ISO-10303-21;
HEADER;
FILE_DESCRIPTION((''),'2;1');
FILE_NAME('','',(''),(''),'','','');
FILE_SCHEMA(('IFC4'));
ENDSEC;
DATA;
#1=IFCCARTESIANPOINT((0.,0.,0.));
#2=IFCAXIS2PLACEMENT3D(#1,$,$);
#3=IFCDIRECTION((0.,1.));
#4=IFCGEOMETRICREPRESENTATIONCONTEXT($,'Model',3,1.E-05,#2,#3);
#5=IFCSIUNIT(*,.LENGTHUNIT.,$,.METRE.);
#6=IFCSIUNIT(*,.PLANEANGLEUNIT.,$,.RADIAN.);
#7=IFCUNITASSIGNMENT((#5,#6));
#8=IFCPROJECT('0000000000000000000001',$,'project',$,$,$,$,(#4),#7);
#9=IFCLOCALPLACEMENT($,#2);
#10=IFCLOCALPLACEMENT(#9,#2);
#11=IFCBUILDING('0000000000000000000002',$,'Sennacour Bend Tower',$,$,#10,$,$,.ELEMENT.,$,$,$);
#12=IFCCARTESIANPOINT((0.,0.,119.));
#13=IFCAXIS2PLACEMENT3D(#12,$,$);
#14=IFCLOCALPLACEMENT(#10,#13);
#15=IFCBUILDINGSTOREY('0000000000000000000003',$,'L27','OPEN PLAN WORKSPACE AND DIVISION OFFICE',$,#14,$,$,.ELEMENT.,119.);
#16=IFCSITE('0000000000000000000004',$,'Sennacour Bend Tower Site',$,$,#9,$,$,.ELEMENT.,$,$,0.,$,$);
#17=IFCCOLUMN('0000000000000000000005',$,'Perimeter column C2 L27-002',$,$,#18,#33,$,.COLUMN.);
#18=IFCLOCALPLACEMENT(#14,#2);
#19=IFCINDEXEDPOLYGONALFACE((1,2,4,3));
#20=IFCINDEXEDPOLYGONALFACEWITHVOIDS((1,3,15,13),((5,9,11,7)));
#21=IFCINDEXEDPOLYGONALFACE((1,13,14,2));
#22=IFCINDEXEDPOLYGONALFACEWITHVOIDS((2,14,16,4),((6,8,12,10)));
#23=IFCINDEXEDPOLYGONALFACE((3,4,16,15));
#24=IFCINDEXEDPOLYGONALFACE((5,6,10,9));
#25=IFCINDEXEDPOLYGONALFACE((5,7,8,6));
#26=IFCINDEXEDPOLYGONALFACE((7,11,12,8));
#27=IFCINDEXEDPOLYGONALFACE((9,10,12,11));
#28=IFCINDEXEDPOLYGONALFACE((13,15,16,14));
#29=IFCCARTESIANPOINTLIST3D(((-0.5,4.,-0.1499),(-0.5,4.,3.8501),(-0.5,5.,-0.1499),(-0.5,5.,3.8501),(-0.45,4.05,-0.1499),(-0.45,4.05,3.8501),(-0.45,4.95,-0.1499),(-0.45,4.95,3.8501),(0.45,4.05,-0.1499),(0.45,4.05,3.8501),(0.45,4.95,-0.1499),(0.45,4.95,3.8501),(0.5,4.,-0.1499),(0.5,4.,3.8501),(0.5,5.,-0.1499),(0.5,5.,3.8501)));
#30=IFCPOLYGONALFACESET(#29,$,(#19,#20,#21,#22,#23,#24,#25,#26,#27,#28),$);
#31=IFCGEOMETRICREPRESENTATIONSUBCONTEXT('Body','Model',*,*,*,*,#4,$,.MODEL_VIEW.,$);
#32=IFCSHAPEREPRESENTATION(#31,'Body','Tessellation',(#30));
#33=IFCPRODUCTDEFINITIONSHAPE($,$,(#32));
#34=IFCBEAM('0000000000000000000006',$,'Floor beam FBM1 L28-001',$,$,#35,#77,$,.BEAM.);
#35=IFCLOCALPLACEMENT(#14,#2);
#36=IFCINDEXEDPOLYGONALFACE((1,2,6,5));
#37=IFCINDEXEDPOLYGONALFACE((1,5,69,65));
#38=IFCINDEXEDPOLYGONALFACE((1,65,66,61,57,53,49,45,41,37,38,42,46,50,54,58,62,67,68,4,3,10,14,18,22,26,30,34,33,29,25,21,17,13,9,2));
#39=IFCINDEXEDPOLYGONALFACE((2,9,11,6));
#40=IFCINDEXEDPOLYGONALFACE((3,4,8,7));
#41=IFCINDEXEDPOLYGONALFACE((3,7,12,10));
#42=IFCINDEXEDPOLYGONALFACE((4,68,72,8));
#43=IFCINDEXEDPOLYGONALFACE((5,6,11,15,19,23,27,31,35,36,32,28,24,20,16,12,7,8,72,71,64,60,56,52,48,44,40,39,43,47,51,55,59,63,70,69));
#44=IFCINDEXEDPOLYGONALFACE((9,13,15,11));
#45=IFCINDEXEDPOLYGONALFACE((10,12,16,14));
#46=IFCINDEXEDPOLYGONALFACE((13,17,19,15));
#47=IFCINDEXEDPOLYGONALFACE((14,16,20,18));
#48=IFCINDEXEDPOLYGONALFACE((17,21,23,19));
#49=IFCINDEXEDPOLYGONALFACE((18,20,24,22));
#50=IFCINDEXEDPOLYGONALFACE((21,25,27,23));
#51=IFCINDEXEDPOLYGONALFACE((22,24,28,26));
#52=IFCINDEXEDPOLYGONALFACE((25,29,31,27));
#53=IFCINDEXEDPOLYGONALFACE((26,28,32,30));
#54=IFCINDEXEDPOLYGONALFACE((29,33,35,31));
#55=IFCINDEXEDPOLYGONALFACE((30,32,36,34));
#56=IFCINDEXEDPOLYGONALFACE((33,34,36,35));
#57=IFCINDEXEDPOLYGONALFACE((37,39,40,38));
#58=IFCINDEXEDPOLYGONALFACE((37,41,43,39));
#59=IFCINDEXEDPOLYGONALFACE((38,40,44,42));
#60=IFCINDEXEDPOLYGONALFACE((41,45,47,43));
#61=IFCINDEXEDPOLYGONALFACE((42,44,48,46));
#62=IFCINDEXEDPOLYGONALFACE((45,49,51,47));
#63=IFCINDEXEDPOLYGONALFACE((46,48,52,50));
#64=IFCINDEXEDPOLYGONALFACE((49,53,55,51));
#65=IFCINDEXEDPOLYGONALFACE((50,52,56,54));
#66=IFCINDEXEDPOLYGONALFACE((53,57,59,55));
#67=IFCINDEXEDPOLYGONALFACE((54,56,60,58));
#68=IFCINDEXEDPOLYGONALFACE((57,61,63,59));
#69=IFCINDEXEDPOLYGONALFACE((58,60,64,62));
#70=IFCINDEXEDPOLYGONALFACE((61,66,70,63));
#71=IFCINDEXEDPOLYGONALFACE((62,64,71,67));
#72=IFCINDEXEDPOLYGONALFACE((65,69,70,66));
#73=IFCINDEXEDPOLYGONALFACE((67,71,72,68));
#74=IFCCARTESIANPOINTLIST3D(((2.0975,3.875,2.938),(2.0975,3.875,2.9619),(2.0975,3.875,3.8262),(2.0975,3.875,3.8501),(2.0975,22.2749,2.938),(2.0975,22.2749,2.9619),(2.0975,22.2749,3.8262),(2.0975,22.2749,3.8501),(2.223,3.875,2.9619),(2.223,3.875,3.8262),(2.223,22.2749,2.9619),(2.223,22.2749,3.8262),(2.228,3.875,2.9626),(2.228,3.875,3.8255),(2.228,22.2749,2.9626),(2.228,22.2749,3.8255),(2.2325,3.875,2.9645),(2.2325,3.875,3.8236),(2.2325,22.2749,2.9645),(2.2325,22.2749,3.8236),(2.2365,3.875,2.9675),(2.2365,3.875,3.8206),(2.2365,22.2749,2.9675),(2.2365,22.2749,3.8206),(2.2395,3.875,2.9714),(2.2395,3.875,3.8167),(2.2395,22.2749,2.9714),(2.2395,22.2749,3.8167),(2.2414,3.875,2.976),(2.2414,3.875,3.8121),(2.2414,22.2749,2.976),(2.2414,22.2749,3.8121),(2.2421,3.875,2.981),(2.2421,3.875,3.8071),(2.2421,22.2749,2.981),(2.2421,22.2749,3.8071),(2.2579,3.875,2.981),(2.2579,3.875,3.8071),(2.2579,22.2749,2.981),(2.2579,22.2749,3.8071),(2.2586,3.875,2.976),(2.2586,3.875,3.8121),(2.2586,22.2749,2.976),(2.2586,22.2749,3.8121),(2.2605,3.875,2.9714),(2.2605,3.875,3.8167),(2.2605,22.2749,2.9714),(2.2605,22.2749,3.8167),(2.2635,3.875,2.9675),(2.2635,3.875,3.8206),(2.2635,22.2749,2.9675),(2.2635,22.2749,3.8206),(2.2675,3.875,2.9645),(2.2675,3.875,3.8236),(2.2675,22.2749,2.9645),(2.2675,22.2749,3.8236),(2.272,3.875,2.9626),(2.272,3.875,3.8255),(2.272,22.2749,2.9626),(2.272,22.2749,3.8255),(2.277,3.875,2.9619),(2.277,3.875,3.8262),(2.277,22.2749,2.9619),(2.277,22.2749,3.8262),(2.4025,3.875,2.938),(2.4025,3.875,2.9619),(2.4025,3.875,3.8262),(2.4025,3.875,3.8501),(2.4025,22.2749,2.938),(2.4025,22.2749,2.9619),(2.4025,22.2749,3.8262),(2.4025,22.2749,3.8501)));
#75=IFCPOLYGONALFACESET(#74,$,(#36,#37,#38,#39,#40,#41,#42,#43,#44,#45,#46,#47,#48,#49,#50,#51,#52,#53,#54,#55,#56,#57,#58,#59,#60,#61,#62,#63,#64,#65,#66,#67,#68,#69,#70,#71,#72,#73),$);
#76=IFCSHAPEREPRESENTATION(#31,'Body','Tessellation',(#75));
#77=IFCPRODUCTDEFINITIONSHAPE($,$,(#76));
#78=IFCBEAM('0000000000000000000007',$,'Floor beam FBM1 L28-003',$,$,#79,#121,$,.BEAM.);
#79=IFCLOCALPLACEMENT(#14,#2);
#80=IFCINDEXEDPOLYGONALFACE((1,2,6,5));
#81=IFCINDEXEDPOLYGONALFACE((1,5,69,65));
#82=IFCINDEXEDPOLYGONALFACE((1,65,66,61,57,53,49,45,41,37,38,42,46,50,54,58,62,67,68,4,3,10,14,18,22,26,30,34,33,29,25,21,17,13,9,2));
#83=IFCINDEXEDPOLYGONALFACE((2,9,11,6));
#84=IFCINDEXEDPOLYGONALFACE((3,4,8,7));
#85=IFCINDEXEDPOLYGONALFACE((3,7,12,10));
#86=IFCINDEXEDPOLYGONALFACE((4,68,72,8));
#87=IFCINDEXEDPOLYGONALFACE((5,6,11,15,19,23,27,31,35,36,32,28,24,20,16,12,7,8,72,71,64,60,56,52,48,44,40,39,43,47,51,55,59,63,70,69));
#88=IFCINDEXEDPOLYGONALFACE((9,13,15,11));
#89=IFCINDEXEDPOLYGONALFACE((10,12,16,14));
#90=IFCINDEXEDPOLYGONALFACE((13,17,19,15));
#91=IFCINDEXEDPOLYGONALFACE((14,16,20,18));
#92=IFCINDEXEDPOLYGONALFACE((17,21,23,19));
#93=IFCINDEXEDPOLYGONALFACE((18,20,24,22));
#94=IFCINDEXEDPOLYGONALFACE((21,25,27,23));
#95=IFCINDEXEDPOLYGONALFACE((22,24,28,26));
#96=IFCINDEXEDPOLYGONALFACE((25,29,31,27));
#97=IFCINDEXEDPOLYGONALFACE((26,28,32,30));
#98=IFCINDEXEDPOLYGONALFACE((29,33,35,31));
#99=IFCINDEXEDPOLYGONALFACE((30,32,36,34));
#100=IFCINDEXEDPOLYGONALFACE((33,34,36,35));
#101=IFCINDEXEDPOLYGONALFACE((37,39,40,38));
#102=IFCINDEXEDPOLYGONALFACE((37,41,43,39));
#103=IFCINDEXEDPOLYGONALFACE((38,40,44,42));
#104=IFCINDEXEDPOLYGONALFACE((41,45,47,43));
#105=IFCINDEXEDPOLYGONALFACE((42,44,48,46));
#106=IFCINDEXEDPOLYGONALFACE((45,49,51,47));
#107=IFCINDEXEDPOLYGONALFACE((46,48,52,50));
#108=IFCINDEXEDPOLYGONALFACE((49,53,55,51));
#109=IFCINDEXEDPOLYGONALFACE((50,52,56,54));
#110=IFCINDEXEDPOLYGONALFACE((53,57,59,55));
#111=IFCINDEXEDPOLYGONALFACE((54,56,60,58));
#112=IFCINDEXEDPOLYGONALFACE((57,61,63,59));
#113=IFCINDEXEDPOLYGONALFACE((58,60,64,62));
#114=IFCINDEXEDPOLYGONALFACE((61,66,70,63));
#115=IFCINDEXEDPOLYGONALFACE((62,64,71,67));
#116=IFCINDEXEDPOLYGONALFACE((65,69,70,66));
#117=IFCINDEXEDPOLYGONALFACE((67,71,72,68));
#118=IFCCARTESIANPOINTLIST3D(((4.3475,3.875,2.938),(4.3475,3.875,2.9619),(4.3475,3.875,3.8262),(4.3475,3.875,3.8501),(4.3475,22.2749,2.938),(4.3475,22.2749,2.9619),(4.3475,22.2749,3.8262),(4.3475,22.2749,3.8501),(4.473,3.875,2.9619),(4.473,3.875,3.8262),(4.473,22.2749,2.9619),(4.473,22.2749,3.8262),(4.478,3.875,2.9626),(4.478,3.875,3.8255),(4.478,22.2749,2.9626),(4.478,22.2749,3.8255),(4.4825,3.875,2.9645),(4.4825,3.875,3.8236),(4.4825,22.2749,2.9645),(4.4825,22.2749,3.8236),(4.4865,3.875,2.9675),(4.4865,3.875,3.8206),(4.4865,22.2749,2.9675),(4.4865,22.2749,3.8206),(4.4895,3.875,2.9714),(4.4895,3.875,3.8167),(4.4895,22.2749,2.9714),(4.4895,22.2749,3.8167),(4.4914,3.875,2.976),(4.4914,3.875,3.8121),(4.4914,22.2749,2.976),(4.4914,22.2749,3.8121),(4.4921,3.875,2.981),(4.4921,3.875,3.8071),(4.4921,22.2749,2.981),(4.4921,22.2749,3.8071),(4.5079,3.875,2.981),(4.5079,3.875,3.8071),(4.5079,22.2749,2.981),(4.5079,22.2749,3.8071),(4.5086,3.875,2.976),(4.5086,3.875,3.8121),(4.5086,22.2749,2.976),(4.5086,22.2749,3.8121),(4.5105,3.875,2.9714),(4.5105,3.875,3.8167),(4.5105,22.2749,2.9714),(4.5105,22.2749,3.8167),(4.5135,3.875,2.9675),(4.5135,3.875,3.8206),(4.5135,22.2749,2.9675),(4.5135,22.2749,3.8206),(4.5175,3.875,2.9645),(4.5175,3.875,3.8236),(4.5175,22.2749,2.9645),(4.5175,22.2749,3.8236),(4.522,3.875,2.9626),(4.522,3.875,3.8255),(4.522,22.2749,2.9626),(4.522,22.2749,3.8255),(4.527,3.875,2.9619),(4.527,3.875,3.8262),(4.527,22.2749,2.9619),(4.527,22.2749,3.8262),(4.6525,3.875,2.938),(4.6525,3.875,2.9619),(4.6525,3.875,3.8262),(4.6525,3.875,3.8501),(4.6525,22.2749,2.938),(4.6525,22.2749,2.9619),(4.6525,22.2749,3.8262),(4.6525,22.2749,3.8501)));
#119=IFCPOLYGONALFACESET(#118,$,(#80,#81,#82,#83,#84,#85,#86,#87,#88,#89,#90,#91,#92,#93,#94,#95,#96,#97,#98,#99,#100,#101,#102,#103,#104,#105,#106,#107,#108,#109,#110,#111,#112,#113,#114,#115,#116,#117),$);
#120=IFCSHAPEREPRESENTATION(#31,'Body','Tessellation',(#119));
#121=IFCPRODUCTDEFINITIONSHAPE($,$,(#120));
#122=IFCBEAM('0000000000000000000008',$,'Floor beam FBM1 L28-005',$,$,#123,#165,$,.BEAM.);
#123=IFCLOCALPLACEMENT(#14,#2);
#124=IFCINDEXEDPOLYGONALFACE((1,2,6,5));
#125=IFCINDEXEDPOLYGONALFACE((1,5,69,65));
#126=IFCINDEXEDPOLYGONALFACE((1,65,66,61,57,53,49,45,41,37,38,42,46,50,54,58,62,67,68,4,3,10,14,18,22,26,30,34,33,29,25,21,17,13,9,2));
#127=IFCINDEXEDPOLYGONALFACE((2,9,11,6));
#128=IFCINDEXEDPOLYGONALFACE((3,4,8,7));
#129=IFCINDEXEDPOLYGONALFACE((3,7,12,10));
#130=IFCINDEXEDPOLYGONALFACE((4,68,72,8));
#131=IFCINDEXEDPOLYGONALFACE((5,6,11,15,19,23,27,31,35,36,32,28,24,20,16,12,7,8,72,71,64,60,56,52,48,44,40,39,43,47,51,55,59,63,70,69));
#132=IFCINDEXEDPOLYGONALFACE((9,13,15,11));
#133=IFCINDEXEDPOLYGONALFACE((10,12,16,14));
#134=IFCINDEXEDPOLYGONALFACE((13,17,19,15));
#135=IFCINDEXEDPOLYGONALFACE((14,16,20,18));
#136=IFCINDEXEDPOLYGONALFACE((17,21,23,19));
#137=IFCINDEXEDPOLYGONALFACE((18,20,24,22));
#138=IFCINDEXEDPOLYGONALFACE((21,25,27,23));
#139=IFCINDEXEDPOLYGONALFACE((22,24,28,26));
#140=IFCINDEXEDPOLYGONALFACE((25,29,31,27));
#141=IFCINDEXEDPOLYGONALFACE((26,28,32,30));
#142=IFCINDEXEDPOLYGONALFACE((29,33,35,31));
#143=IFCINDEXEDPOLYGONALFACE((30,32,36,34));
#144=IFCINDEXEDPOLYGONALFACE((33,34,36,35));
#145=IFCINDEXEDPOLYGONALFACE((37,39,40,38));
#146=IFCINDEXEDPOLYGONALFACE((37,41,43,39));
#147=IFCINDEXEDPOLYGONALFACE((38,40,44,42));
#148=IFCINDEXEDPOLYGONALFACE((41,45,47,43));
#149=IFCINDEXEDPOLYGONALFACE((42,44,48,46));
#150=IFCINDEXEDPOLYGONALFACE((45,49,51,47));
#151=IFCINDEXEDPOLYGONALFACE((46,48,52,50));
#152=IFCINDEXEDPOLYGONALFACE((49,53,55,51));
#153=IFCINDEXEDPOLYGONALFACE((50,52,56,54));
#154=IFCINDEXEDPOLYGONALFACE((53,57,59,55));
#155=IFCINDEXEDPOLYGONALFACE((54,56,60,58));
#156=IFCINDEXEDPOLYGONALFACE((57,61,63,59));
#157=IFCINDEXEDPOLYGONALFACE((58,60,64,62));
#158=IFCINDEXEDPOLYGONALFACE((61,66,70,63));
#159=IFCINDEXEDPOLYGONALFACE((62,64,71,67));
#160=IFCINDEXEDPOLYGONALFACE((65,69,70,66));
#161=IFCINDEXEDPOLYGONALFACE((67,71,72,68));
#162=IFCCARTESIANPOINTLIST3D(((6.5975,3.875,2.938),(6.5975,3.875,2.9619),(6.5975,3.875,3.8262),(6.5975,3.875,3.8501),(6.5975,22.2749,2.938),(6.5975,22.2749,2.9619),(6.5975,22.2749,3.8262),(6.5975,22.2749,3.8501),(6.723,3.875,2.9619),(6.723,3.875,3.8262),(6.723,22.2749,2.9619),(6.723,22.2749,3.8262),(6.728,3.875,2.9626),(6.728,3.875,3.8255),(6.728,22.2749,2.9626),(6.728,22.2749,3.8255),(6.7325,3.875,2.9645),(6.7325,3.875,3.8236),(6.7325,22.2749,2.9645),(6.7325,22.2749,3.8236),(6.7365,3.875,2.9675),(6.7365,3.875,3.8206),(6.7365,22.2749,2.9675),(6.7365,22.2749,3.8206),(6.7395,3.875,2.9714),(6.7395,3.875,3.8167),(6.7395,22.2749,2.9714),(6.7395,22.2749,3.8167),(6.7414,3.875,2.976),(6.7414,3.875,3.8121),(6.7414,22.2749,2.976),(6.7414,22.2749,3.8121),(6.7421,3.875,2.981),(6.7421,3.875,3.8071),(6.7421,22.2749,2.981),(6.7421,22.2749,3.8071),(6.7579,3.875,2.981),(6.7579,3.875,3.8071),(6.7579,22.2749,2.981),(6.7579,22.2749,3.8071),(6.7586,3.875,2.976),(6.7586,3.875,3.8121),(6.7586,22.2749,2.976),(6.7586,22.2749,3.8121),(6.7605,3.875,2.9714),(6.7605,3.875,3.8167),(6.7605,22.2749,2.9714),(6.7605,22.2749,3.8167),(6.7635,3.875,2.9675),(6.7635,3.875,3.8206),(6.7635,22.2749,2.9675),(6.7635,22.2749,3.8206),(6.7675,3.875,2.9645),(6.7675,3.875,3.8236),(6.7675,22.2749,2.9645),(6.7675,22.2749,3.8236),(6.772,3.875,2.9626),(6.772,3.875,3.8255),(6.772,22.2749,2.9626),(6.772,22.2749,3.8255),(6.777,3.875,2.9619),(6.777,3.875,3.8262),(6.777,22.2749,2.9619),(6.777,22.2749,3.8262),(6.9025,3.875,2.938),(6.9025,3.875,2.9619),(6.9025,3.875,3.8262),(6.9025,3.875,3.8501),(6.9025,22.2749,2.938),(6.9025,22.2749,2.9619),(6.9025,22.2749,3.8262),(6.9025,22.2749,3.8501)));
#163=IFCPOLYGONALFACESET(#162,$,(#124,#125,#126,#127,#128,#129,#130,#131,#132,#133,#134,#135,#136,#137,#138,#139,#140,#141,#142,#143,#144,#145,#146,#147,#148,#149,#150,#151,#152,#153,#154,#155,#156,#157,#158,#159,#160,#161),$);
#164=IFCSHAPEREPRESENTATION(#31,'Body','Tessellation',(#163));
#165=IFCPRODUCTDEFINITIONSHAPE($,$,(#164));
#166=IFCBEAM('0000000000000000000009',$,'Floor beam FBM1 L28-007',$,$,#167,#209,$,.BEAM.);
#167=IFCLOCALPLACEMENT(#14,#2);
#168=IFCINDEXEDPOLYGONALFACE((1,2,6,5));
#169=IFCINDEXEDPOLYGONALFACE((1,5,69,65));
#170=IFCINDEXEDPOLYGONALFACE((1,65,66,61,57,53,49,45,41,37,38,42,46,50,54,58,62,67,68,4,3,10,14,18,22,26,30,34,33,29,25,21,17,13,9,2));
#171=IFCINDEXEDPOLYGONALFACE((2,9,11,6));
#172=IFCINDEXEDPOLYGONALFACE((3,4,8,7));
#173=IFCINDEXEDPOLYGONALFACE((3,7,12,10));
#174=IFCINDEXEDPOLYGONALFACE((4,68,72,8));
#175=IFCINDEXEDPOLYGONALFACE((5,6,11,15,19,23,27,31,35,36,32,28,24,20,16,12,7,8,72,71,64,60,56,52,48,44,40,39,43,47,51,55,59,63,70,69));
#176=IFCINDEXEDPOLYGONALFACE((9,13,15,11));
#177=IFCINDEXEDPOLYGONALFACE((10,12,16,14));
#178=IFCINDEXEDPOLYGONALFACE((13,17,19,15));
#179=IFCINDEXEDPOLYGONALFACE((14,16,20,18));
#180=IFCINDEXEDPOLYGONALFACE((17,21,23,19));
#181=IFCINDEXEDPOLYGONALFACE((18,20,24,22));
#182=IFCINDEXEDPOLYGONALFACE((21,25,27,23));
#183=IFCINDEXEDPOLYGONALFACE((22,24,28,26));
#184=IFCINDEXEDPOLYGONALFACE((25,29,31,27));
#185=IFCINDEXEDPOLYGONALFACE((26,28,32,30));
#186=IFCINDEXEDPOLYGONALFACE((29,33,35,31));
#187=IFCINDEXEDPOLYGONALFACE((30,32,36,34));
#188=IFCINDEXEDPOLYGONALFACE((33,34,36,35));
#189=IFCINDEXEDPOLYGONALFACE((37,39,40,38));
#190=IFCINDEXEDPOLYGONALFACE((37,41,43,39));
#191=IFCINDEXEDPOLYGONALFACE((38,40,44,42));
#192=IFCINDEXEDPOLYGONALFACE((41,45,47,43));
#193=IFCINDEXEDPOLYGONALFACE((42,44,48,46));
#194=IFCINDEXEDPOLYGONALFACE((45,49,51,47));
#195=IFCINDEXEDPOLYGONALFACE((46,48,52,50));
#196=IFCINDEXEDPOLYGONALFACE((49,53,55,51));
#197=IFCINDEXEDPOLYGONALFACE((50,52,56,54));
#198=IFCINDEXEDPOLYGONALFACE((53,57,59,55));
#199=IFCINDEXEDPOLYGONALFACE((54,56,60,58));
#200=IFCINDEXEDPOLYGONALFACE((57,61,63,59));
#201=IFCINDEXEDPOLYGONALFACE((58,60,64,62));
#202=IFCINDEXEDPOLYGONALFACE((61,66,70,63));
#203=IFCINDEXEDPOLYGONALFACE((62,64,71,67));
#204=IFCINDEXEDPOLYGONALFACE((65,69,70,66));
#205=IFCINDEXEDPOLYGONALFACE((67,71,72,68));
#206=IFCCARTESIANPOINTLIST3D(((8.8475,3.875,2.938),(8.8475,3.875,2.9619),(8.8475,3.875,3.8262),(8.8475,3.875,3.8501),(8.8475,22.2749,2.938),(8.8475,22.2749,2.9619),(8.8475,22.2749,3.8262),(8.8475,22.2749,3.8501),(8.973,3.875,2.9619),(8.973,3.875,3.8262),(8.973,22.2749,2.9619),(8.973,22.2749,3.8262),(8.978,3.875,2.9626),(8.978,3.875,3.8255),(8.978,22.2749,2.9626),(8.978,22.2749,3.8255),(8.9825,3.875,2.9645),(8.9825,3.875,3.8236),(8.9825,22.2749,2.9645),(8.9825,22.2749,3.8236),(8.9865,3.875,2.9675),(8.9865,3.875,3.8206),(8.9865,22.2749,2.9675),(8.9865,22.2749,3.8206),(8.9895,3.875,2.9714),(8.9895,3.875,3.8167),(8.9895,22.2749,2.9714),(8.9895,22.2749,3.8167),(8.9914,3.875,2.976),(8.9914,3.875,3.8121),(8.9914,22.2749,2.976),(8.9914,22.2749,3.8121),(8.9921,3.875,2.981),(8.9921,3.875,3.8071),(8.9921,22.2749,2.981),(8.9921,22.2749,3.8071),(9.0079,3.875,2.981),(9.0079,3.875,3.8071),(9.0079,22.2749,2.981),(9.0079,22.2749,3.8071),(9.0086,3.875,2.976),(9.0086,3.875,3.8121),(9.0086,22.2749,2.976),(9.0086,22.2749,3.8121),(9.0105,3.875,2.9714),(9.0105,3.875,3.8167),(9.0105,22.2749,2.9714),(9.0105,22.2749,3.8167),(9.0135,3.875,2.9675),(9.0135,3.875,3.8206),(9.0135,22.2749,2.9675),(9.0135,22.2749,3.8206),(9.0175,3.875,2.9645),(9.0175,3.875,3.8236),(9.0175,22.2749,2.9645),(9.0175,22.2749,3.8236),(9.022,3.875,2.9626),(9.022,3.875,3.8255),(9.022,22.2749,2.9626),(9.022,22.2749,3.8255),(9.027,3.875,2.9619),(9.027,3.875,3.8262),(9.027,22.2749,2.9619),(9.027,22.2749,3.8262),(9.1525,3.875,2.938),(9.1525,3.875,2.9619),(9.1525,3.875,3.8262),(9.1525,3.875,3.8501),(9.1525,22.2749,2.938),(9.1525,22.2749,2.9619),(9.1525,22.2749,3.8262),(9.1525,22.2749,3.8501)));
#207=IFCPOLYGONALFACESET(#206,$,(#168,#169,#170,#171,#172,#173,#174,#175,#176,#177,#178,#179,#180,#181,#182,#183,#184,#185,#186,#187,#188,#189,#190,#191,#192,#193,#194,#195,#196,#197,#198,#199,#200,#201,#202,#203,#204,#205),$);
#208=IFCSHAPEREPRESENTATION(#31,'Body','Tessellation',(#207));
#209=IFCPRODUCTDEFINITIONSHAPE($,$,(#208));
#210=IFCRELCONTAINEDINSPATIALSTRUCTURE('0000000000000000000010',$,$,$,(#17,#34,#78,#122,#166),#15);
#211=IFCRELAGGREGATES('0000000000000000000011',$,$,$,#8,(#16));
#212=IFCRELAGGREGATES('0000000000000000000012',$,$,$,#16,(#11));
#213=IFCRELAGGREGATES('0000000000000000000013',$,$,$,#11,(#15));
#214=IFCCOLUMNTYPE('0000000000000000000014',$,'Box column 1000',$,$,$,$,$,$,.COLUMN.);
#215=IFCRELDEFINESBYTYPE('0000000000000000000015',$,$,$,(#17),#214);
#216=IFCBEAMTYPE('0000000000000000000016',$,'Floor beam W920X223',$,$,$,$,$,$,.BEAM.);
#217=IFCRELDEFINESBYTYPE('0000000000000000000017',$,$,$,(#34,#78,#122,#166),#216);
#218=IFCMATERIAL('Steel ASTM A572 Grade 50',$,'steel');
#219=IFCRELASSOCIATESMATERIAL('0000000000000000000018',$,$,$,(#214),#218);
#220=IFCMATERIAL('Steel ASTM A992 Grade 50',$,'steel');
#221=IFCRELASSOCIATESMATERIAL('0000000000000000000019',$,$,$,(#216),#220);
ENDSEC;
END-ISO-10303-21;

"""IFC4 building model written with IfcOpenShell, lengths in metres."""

from ifc_helpers import new_model, si_unit, direction, frame, origin, origin_2d, place, context, subcontext, project, spatial, hollow_rectangle, i_section, extrude, material, material_profile, profile_set, type_object, element, save


model = new_model("IFC4")

# Units and contexts
model_context = context("Model", 3, precision=1e-05, world=origin(), true_north=direction((0.0, 1.0)))
body_context = subcontext(model_context, "Body", "Model", "MODEL_VIEW")
ifc_project = project(units=[si_unit("LENGTHUNIT", "METRE"), si_unit("PLANEANGLEUNIT", "RADIAN")], contexts=[model_context])

# Site, building, storey
site_placement = place(None, origin())
site = spatial("IfcSite", under=ifc_project, at=site_placement, Name="Sennacour Bend Tower Site", CompositionType="ELEMENT", RefElevation=0.0)
building_placement = place(site_placement, origin())
building = spatial("IfcBuilding", under=site, at=building_placement, Name="Sennacour Bend Tower", CompositionType="ELEMENT")
storey_placement = place(building_placement, frame((0.0, 0.0, 119.0)))
storey = spatial("IfcBuildingStorey", under=building, at=storey_placement, Name="L27", Description="OPEN PLAN WORKSPACE AND DIVISION OFFICE", CompositionType="ELEMENT", Elevation=119.0)

# Column
ifc_material_1 = material(Name="Steel ASTM A572 Grade 50", Category="steel")
ifc_material_profile_1 = material_profile(ifc_material_1, hollow_rectangle(XDim=1.0, YDim=1.0, WallThickness=0.05, at=origin_2d()), Name="Steel ASTM A572 Grade 50", Category="steel")
ifc_profile_set_1 = profile_set([ifc_material_profile_1], Name="Steel ASTM A572 Grade 50")
column_type = type_object("IfcColumnType", Name="Box column 1000", PredefinedType="COLUMN", material=ifc_profile_set_1)
column_placement = place(storey_placement, frame((0.0, 4.5, -0.1499), z_axis=(0.0, 0.0, 1.0), x_axis=(1.0, 0.0, 0.0)))
element("IfcColumn", 1, at=column_placement, inside=storey, type_object=column_type, Name="Perimeter column C2 L27-002", PredefinedType="COLUMN", context=body_context, shape_type="SweptSolid", body=[
    extrude(hollow_rectangle(XDim=1.0, YDim=1.0, WallThickness=0.05, at=origin_2d()), origin(), (0.0, 0.0, 1.0), 4.0),
])

# Beams
ifc_material_2 = material(Name="Steel ASTM A992 Grade 50", Category="steel")
ifc_material_profile_2 = material_profile(ifc_material_2, i_section(OverallWidth=0.3049, OverallDepth=0.9121, WebThickness=0.0159, FlangeThickness=0.0239, FilletRadius=0.019, at=origin_2d()), Name="Steel ASTM A992 Grade 50", Category="steel")
ifc_profile_set_2 = profile_set([ifc_material_profile_2], Name="Steel ASTM A992 Grade 50")
beam_type_1 = type_object("IfcBeamType", Name="Floor beam W920X223", PredefinedType="BEAM", material=ifc_profile_set_2)
for number, where, z_axis, x_axis, name in (
    (2, (2.25, 3.875, 3.394), (0.0, 1.0, 0.0), (-1.0, 0.0, 0.0), "Floor beam FBM1 L28-001"),
    (3, (4.5, 3.875, 3.394), (0.0, 1.0, 0.0), (-1.0, 0.0, 0.0), "Floor beam FBM1 L28-003"),
    (4, (6.75, 3.875, 3.394), (0.0, 1.0, 0.0), (-1.0, 0.0, 0.0), "Floor beam FBM1 L28-005"),
    (5, (9.0, 3.875, 3.394), (0.0, 1.0, 0.0), (-1.0, 0.0, 0.0), "Floor beam FBM1 L28-007"),
):
    element("IfcBeam", number, at=place(storey_placement, frame(where, z_axis=z_axis, x_axis=x_axis)), inside=storey, type_object=beam_type_1, Name=name, PredefinedType="BEAM", context=body_context, shape_type="SweptSolid", body=[
        extrude(i_section(OverallWidth=0.3049, OverallDepth=0.9121, WebThickness=0.0159, FlangeThickness=0.0239, FilletRadius=0.019, at=origin_2d()), origin(), (0.0, 0.0, 1.0), 18.3999),
    ])

save(model, "model.ifc")
